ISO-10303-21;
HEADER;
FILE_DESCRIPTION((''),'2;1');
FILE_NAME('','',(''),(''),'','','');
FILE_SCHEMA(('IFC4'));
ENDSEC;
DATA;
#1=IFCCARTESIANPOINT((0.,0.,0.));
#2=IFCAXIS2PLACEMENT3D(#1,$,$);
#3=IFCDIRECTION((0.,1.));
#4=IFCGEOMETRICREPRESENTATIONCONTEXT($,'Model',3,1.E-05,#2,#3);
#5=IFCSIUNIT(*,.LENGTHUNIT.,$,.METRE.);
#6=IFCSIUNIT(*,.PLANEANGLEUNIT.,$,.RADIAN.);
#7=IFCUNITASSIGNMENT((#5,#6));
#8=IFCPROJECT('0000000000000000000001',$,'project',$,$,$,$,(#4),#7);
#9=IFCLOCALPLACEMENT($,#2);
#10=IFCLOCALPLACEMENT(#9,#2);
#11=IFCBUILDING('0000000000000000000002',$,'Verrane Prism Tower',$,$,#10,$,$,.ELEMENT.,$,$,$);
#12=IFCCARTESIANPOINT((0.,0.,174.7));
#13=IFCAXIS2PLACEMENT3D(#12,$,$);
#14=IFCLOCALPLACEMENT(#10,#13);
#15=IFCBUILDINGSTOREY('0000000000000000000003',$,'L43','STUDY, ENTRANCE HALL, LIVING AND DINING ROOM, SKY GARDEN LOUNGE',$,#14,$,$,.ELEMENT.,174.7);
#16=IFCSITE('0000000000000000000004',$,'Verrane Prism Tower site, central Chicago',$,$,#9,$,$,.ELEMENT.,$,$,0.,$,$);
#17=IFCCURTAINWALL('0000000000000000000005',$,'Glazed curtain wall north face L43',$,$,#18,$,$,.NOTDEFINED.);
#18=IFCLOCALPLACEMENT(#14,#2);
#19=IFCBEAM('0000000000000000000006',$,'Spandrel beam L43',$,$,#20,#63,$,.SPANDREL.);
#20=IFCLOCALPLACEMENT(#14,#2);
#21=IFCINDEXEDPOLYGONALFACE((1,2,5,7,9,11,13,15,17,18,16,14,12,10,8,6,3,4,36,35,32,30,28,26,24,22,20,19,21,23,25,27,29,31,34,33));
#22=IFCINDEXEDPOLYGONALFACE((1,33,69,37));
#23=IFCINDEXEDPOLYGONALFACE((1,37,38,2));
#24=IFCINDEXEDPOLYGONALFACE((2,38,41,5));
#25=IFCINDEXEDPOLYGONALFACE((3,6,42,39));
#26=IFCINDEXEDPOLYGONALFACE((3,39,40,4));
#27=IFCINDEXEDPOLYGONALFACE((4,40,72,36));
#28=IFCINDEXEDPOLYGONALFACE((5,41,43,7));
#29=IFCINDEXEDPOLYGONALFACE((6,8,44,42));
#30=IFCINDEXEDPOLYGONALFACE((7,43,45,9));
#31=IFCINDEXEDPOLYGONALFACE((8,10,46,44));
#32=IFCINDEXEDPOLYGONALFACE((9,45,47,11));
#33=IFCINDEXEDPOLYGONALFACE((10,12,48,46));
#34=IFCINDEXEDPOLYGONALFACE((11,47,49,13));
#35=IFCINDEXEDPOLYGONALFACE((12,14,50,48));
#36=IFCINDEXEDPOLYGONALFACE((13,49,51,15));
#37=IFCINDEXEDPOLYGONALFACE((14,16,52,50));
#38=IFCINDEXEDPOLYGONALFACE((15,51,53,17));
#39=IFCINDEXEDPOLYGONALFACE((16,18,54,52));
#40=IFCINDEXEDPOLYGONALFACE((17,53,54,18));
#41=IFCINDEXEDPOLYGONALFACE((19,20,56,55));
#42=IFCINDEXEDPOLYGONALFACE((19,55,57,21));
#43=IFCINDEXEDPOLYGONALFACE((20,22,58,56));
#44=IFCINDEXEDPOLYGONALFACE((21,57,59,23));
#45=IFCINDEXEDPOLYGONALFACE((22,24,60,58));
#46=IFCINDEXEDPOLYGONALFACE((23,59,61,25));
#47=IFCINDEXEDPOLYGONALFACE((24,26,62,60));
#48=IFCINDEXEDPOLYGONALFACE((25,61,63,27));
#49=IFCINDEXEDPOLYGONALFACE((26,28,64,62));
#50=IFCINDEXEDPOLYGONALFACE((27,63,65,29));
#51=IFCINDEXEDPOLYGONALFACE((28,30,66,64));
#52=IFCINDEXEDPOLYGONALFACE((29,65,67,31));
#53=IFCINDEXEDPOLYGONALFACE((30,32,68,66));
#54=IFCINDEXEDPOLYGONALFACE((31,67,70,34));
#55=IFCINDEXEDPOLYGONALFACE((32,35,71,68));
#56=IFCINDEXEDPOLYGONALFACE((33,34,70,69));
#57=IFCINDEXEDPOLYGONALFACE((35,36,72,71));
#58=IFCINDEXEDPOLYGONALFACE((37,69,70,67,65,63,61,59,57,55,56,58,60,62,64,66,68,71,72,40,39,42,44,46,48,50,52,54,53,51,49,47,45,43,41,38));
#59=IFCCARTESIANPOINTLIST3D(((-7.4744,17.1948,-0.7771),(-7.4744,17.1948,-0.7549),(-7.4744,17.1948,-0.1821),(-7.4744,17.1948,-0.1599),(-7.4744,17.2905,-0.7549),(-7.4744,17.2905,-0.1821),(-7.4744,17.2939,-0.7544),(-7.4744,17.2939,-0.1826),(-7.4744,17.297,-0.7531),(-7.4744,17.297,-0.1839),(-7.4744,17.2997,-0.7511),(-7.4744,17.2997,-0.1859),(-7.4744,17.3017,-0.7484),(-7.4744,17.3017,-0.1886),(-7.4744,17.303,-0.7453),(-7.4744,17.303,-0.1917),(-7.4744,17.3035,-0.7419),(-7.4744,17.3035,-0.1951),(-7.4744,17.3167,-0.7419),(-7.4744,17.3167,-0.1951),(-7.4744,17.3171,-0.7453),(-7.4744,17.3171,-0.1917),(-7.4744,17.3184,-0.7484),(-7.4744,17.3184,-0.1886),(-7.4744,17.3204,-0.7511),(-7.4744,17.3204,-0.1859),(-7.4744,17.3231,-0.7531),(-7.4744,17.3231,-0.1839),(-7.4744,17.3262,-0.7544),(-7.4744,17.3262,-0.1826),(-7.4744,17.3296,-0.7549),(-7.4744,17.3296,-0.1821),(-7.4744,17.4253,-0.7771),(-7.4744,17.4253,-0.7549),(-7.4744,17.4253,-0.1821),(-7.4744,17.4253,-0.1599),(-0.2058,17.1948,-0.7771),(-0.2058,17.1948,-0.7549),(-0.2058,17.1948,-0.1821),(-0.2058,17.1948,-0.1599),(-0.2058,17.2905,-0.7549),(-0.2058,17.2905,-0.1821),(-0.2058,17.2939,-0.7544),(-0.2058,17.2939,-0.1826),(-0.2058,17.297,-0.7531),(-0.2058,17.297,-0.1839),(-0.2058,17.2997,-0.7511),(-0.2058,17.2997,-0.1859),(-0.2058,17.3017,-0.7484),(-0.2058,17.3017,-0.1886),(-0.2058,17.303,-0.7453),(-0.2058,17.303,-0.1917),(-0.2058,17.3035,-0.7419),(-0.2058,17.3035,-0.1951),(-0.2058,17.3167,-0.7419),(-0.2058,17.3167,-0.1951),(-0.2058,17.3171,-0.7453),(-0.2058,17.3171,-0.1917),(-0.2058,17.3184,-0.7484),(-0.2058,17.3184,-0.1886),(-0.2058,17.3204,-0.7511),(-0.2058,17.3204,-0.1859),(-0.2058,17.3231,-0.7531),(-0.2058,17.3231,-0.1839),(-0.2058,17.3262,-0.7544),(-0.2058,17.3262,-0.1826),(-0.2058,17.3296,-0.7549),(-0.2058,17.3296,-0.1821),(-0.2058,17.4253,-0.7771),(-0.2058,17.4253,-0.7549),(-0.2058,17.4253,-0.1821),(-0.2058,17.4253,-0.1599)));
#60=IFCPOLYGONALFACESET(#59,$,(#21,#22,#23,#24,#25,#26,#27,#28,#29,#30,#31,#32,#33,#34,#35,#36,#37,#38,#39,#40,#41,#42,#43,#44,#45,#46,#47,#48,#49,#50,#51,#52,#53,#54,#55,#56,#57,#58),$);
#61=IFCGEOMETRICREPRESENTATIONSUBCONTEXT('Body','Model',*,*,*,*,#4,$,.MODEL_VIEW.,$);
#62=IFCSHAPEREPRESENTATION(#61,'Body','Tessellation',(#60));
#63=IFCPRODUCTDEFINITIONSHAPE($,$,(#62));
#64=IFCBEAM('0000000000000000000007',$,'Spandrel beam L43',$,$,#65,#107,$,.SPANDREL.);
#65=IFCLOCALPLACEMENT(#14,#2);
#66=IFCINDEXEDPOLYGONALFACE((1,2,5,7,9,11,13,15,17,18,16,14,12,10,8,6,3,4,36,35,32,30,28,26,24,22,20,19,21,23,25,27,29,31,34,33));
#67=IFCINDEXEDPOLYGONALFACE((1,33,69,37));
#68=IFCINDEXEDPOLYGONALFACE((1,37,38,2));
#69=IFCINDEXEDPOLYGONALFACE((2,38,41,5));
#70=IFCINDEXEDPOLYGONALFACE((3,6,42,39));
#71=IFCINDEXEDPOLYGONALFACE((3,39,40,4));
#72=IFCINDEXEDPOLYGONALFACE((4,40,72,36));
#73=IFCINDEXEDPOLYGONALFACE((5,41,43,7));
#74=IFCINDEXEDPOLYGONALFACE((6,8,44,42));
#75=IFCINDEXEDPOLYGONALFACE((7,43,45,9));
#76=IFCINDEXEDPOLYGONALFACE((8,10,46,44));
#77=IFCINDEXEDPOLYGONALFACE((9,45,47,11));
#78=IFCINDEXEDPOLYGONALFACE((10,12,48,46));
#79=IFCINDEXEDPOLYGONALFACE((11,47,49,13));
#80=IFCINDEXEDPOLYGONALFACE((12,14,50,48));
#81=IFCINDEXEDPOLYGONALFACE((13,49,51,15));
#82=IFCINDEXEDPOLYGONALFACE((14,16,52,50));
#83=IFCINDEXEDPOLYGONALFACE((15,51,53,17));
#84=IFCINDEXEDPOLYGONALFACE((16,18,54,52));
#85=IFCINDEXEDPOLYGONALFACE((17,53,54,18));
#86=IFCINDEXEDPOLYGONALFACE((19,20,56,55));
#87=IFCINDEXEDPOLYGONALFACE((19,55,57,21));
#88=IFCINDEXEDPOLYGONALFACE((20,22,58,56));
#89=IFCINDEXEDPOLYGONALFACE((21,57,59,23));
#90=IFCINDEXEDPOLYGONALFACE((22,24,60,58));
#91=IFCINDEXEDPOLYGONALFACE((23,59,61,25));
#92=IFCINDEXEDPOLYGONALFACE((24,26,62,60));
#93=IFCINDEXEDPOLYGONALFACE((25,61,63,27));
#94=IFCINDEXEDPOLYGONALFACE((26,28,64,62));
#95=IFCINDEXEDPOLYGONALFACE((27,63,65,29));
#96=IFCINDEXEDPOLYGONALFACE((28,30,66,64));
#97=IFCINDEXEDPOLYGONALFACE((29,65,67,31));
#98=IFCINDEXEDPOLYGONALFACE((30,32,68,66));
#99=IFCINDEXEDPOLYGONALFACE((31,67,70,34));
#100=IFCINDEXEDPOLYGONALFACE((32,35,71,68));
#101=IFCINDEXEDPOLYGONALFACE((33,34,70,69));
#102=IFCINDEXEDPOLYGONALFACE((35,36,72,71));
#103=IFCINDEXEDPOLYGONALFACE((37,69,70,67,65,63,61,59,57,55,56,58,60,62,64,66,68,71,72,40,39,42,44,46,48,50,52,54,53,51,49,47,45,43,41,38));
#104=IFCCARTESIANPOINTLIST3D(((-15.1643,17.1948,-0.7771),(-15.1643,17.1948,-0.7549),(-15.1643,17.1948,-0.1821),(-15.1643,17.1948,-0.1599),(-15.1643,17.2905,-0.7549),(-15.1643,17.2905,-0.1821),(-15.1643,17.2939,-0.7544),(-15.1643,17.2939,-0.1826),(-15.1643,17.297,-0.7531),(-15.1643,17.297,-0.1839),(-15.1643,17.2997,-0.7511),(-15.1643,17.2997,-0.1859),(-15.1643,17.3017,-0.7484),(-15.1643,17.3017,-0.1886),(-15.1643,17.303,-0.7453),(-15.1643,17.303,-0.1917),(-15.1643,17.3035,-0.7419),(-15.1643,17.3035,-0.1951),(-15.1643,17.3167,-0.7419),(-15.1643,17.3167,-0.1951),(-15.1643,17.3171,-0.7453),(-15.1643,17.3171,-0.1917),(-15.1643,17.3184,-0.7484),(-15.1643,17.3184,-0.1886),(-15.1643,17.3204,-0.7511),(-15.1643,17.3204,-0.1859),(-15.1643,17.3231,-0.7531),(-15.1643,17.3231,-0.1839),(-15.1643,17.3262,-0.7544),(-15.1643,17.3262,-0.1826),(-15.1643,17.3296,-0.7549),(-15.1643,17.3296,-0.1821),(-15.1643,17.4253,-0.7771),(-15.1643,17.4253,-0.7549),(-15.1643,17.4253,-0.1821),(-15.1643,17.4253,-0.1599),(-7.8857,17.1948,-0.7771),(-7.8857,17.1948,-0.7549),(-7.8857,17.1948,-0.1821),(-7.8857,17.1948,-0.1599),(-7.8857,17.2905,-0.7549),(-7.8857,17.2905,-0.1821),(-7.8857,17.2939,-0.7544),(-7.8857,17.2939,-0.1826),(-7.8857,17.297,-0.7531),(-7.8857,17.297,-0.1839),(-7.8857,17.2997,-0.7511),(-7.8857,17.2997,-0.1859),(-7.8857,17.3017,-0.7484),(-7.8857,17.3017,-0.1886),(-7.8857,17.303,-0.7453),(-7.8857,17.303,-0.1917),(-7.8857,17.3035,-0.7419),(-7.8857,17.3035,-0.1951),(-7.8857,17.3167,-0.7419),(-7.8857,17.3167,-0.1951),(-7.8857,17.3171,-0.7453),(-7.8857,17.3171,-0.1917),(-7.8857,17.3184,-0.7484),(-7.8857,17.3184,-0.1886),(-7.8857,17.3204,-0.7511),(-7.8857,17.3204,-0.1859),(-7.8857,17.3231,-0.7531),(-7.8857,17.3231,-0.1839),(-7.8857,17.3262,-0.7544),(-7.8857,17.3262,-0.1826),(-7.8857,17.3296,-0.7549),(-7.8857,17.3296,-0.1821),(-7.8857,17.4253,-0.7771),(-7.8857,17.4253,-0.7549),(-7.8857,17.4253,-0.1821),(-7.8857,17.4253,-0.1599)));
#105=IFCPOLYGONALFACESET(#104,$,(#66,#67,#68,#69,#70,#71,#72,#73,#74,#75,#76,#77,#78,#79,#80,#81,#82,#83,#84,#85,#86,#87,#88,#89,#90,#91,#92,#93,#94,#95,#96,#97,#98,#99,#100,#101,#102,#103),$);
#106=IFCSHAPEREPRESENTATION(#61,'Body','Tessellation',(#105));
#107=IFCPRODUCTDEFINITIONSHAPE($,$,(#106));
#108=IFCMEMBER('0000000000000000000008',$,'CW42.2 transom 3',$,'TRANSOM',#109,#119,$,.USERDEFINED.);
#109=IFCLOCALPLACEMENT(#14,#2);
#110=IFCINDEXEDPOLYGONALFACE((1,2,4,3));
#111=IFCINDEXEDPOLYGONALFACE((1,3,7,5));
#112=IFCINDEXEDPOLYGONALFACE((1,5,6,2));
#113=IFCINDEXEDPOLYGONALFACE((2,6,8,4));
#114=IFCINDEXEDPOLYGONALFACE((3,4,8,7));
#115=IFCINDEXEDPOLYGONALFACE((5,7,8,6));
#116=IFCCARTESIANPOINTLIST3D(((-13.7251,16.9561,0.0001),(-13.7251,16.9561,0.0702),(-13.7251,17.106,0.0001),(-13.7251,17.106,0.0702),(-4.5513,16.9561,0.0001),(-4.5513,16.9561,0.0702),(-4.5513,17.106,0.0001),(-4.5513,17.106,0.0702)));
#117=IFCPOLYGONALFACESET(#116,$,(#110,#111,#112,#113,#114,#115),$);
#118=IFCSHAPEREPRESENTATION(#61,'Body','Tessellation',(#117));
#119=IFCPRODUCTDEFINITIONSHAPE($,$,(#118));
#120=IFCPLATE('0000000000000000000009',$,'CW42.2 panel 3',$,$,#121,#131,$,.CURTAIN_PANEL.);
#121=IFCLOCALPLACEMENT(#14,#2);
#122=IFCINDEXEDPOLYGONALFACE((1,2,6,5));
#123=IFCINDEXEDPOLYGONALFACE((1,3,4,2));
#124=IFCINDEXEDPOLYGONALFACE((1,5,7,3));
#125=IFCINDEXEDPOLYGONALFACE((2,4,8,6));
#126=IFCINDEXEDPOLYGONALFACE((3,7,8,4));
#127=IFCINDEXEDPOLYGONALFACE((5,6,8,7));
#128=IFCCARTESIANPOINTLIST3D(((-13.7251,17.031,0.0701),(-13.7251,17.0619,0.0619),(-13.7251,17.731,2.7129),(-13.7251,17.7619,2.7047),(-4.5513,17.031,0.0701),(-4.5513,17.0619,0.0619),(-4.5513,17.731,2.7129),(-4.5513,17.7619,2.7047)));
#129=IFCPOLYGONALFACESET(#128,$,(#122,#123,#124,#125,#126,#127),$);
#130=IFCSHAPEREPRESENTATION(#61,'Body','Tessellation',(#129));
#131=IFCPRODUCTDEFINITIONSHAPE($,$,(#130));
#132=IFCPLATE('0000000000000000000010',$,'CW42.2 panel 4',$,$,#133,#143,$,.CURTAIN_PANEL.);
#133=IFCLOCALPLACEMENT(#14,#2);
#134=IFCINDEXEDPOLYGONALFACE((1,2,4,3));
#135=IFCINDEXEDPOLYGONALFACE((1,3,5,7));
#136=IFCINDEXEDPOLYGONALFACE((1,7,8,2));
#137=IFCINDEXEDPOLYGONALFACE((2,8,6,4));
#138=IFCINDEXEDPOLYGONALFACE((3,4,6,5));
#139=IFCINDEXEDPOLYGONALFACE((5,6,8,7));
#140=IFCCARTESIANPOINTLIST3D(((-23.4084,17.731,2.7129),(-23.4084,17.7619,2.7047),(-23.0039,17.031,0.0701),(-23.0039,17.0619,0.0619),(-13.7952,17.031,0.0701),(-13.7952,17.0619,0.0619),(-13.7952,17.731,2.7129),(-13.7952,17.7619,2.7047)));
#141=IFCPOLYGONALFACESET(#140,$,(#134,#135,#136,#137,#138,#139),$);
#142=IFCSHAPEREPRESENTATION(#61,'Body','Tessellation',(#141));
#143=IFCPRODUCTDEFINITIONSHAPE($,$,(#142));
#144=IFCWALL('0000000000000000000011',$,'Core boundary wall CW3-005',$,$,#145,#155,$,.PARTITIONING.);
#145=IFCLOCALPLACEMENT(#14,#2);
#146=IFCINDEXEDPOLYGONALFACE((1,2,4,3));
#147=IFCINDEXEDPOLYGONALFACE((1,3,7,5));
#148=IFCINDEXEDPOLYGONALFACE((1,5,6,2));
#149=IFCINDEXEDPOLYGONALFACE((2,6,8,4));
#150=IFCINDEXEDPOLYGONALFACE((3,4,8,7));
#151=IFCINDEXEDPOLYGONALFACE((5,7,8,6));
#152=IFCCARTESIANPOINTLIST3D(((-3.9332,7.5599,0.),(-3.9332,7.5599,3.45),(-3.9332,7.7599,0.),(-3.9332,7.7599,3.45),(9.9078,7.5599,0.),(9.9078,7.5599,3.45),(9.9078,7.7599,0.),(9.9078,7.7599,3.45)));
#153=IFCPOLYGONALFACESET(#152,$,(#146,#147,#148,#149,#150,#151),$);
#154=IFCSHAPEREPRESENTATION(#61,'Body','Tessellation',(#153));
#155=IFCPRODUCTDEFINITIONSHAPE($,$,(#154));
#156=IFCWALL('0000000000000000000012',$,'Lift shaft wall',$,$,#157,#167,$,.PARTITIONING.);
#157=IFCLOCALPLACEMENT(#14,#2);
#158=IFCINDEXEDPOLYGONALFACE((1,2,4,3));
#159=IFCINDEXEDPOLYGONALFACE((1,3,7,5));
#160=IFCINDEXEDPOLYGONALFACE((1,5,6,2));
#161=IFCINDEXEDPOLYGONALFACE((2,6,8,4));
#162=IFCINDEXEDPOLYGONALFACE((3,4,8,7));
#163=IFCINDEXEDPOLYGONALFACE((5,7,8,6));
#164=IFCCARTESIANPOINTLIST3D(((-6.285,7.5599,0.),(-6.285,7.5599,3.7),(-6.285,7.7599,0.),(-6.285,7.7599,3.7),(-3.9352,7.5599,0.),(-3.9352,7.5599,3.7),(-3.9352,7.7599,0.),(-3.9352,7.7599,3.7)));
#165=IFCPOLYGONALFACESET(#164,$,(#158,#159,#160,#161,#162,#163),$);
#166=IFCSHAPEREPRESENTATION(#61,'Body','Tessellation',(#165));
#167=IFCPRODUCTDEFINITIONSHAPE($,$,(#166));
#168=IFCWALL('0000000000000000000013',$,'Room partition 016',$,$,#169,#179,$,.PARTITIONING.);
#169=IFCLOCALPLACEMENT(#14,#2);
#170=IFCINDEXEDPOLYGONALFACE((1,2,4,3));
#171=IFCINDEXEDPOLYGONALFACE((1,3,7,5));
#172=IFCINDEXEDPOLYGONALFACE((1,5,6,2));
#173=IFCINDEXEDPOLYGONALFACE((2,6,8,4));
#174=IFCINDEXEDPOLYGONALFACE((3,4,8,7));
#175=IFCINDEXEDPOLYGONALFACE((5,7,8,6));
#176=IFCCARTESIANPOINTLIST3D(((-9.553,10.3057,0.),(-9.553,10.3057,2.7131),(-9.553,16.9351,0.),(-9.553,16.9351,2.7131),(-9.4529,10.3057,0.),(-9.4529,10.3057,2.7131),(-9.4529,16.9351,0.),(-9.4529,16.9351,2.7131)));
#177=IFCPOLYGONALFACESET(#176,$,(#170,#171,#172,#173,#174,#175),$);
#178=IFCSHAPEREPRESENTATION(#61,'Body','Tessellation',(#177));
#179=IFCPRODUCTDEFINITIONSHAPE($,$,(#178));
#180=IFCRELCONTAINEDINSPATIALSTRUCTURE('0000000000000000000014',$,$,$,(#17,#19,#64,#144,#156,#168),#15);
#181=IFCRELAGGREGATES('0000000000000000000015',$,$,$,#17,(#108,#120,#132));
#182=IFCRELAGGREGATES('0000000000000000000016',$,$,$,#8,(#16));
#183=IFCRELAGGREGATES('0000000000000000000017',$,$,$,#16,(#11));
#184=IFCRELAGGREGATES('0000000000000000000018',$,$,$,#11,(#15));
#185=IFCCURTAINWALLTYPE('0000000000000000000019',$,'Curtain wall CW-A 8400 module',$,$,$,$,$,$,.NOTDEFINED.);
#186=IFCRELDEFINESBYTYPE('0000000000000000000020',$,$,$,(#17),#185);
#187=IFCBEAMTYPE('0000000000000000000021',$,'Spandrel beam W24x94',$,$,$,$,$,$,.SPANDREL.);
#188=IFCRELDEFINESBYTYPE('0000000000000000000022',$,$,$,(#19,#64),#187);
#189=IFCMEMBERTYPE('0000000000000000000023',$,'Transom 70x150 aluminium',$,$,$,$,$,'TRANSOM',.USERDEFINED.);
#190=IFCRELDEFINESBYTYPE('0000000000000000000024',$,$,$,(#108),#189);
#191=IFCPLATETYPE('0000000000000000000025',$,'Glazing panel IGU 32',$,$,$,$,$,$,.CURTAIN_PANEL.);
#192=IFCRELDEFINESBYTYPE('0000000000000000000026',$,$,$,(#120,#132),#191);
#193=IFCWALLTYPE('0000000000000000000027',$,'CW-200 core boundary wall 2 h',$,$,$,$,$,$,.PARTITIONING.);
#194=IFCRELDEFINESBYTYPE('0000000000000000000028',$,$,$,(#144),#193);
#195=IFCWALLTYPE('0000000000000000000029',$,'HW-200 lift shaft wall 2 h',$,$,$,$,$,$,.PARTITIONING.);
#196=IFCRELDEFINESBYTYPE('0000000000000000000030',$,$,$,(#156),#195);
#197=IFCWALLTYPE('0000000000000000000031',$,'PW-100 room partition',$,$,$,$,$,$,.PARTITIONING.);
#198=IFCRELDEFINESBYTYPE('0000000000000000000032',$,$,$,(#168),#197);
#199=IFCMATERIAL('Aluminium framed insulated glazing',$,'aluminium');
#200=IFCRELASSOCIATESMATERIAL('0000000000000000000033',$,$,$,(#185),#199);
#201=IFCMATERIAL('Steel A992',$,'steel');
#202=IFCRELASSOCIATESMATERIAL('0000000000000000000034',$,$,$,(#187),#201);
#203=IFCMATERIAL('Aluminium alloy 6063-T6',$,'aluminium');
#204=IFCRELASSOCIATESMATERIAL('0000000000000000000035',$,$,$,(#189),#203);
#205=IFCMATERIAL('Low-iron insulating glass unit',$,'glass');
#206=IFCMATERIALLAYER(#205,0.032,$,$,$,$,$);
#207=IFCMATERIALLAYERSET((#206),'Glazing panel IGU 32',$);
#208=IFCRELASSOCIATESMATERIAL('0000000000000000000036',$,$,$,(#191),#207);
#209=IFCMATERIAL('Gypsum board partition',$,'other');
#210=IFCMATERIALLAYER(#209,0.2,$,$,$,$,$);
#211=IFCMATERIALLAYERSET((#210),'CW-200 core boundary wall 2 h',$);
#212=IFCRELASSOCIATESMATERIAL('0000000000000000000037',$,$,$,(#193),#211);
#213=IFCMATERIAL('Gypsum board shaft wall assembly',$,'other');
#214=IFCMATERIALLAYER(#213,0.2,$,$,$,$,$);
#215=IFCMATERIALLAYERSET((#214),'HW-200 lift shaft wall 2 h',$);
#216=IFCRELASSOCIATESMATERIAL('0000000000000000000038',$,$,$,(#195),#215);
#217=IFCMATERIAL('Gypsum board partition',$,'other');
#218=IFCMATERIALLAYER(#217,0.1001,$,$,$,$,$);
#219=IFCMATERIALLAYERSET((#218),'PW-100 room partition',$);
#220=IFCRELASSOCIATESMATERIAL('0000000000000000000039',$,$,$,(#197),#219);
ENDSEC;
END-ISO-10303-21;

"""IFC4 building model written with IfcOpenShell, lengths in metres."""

from ifc_helpers import new_model, si_unit, direction, frame, frame_2d, origin, origin_2d, place, context, subcontext, project, spatial, polyline, rectangle, i_section, outline, extrude, material, layer, layer_set, material_profile, profile_set, type_object, element, aggregate, save


model = new_model("IFC4")

# Units and contexts
model_context = context("Model", 3, precision=1e-05, world=origin(), true_north=direction((0.0, 1.0)))
body_context = subcontext(model_context, "Body", "Model", "MODEL_VIEW")
ifc_project = project(units=[si_unit("LENGTHUNIT", "METRE"), si_unit("PLANEANGLEUNIT", "RADIAN")], contexts=[model_context])

# Site, building, storey
site_placement = place(None, origin())
site = spatial("IfcSite", under=ifc_project, at=site_placement, Name="Verrane Prism Tower site, central Chicago", CompositionType="ELEMENT", RefElevation=0.0)
building_placement = place(site_placement, origin())
building = spatial("IfcBuilding", under=site, at=building_placement, Name="Verrane Prism Tower", CompositionType="ELEMENT")
storey_placement = place(building_placement, frame((0.0, 0.0, 174.7)))
storey = spatial("IfcBuildingStorey", under=building, at=storey_placement, Name="L43", Description="STUDY, ENTRANCE HALL, LIVING AND DINING ROOM, SKY GARDEN LOUNGE", CompositionType="ELEMENT", Elevation=174.7)

# Curtain wall
ifc_material_1 = material(Name="Aluminium framed insulated glazing", Category="aluminium")
curtain_wall_type = type_object("IfcCurtainWallType", Name="Curtain wall CW-A 8400 module", PredefinedType="NOTDEFINED", material=ifc_material_1)
curtain_wall_placement = place(storey_placement, origin())
curtain_wall = element("IfcCurtainWall", 1, at=curtain_wall_placement, inside=storey, type_object=curtain_wall_type, Name="Glazed curtain wall north face L43", PredefinedType="NOTDEFINED")

# Beams
ifc_material_2 = material(Name="Steel A992", Category="steel")
ifc_material_profile_1 = material_profile(ifc_material_2, i_section(OverallWidth=0.2305, OverallDepth=0.6172, WebThickness=0.0132, FlangeThickness=0.0222, FilletRadius=0.0129, at=origin_2d()), Name="W24x94")
ifc_profile_set_1 = profile_set([ifc_material_profile_1], Name="Steel A992")
beam_type_1 = type_object("IfcBeamType", Name="Spandrel beam W24x94", PredefinedType="SPANDREL", material=ifc_profile_set_1)
beam_1_placement = place(storey_placement, frame((-0.2058, 17.3101, -0.4685), z_axis=(-1.0, 0.0, 0.0), x_axis=(0.0, -1.0, 0.0)))
element("IfcBeam", 2, at=beam_1_placement, inside=storey, type_object=beam_type_1, Name="Spandrel beam L43", PredefinedType="SPANDREL", context=body_context, shape_type="SweptSolid", body=[
    extrude(i_section(OverallWidth=0.2305, OverallDepth=0.6172, WebThickness=0.0132, FlangeThickness=0.0222, FilletRadius=0.0129, at=origin_2d()), origin(), (0.0, 0.0, 1.0), 7.2686),
])
beam_2_placement = place(storey_placement, frame((-7.8857, 17.3101, -0.4685), z_axis=(-1.0, 0.0, 0.0), x_axis=(0.0, -1.0, 0.0)))
element("IfcBeam", 3, at=beam_2_placement, inside=storey, type_object=beam_type_1, Name="Spandrel beam L43", PredefinedType="SPANDREL", context=body_context, shape_type="SweptSolid", body=[
    extrude(i_section(OverallWidth=0.2305, OverallDepth=0.6172, WebThickness=0.0132, FlangeThickness=0.0222, FilletRadius=0.0129, at=origin_2d()), origin(), (0.0, 0.0, 1.0), 7.2786),
])

# Member
ifc_material_3 = material(Name="Aluminium alloy 6063-T6", Category="aluminium")
ifc_material_profile_2 = material_profile(ifc_material_3, rectangle(XDim=0.1499, YDim=0.0701, at=origin_2d()), Name="Transom 70x150 aluminium")
ifc_profile_set_2 = profile_set([ifc_material_profile_2], Name="Aluminium alloy 6063-T6")
member_type_1 = type_object("IfcMemberType", Name="Transom 70x150 aluminium", ElementType="TRANSOM", PredefinedType="USERDEFINED", material=ifc_profile_set_2)
member_1_placement = place(storey_placement, frame((-4.5513, 17.031, 0.0352), z_axis=(-1.0, 0.0, 0.0), x_axis=(0.0, -1.0, 0.0)))
member_1 = element("IfcMember", 4, at=member_1_placement, type_object=member_type_1, Name="CW42.2 transom 3", ObjectType="TRANSOM", PredefinedType="USERDEFINED", context=body_context, shape_type="SweptSolid", body=[
    extrude(rectangle(XDim=0.1499, YDim=0.0701, at=origin_2d()), origin(), (0.0, 0.0, 1.0), 9.1738),
])

# Plates
ifc_material_4 = material(Name="Low-iron insulating glass unit", Category="glass")
ifc_layer_1 = layer(ifc_material_4, 0.032)
ifc_layer_set_1 = layer_set([ifc_layer_1], Name="Glazing panel IGU 32")
plate_type = type_object("IfcPlateType", Name="Glazing panel IGU 32", PredefinedType="CURTAIN_PANEL", material=ifc_layer_set_1)
plate_1_placement = place(storey_placement, frame((-4.5513, 17.031, 0.0701), z_axis=(0.0, -0.966671, 0.256023), x_axis=(-1.0, 0.0, 0.0)))
plate_1 = element("IfcPlate", 5, at=plate_1_placement, type_object=plate_type, Name="CW42.2 panel 3", PredefinedType="CURTAIN_PANEL", context=body_context, shape_type="SweptSolid", body=[
    extrude(outline(polyline([(0.0, 0.0), (9.1738, 0.0), (9.1738, -2.7339), (0.0, -2.7339), (0.0, 0.0)])), origin(), (0.0, 0.0, -1.0), 0.032),
])
plate_2_placement = place(storey_placement, frame((-13.7952, 17.031, 0.0701), z_axis=(0.0, -0.966671, 0.256023), x_axis=(-1.0, 0.0, 0.0)))
plate_2 = element("IfcPlate", 6, at=plate_2_placement, type_object=plate_type, Name="CW42.2 panel 4", PredefinedType="CURTAIN_PANEL", context=body_context, shape_type="SweptSolid", body=[
    extrude(outline(polyline([(0.0, 0.0), (9.2087, 0.0), (9.6133, -2.7339), (0.0, -2.7339), (0.0, 0.0)])), origin(), (0.0, 0.0, -1.0), 0.032),
])
aggregate(curtain_wall, [member_1, plate_1, plate_2])

# Walls
ifc_material_5 = material(Name="Gypsum board partition", Category="other")
ifc_layer_2 = layer(ifc_material_5, 0.2)
ifc_layer_set_2 = layer_set([ifc_layer_2], Name="CW-200 core boundary wall 2 h")
wall_type_1 = type_object("IfcWallType", Name="CW-200 core boundary wall 2 h", PredefinedType="PARTITIONING", material=ifc_layer_set_2)
wall_1_placement = place(storey_placement, frame((-3.9331, 7.6599, 0.0), z_axis=(0.0, 0.0, 1.0), x_axis=(1.0, 0.0, 0.0)))
element("IfcWall", 7, at=wall_1_placement, inside=storey, type_object=wall_type_1, Name="Core boundary wall CW3-005", PredefinedType="PARTITIONING", context=body_context, shape_type="SweptSolid", body=[
    extrude(rectangle(XDim=13.8411, YDim=0.2, at=frame_2d((6.9204, 0.0))), origin(), (0.0, 0.0, 1.0), 3.45),
])
ifc_material_6 = material(Name="Gypsum board shaft wall assembly", Category="other")
ifc_layer_3 = layer(ifc_material_6, 0.2)
ifc_layer_set_3 = layer_set([ifc_layer_3], Name="HW-200 lift shaft wall 2 h")
wall_type_2 = type_object("IfcWallType", Name="HW-200 lift shaft wall 2 h", PredefinedType="PARTITIONING", material=ifc_layer_set_3)
wall_2_placement = place(storey_placement, frame((-6.2849, 7.6599, 0.0), z_axis=(0.0, 0.0, 1.0), x_axis=(1.0, 0.0, 0.0)))
element("IfcWall", 8, at=wall_2_placement, inside=storey, type_object=wall_type_2, Name="Lift shaft wall", PredefinedType="PARTITIONING", context=body_context, shape_type="SweptSolid", body=[
    extrude(rectangle(XDim=2.3499, YDim=0.2, at=frame_2d((1.1748, 0.0))), origin(), (0.0, 0.0, 1.0), 3.7),
])
ifc_material_7 = material(Name="Gypsum board partition", Category="other")
ifc_layer_4 = layer(ifc_material_7, 0.1001)
ifc_layer_set_4 = layer_set([ifc_layer_4], Name="PW-100 room partition")
wall_type_3 = type_object("IfcWallType", Name="PW-100 room partition", PredefinedType="PARTITIONING", material=ifc_layer_set_4)
wall_3_placement = place(storey_placement, frame((-9.5029, 10.3057, 0.0), z_axis=(0.0, 0.0, 1.0), x_axis=(0.0, 1.0, 0.0)))
element("IfcWall", 9, at=wall_3_placement, inside=storey, type_object=wall_type_3, Name="Room partition 016", PredefinedType="PARTITIONING", context=body_context, shape_type="SweptSolid", body=[
    extrude(rectangle(XDim=6.6294, YDim=0.1001, at=frame_2d((3.3147, 0.0))), origin(), (0.0, 0.0, 1.0), 2.7131),
])

save(model, "model.ifc")
